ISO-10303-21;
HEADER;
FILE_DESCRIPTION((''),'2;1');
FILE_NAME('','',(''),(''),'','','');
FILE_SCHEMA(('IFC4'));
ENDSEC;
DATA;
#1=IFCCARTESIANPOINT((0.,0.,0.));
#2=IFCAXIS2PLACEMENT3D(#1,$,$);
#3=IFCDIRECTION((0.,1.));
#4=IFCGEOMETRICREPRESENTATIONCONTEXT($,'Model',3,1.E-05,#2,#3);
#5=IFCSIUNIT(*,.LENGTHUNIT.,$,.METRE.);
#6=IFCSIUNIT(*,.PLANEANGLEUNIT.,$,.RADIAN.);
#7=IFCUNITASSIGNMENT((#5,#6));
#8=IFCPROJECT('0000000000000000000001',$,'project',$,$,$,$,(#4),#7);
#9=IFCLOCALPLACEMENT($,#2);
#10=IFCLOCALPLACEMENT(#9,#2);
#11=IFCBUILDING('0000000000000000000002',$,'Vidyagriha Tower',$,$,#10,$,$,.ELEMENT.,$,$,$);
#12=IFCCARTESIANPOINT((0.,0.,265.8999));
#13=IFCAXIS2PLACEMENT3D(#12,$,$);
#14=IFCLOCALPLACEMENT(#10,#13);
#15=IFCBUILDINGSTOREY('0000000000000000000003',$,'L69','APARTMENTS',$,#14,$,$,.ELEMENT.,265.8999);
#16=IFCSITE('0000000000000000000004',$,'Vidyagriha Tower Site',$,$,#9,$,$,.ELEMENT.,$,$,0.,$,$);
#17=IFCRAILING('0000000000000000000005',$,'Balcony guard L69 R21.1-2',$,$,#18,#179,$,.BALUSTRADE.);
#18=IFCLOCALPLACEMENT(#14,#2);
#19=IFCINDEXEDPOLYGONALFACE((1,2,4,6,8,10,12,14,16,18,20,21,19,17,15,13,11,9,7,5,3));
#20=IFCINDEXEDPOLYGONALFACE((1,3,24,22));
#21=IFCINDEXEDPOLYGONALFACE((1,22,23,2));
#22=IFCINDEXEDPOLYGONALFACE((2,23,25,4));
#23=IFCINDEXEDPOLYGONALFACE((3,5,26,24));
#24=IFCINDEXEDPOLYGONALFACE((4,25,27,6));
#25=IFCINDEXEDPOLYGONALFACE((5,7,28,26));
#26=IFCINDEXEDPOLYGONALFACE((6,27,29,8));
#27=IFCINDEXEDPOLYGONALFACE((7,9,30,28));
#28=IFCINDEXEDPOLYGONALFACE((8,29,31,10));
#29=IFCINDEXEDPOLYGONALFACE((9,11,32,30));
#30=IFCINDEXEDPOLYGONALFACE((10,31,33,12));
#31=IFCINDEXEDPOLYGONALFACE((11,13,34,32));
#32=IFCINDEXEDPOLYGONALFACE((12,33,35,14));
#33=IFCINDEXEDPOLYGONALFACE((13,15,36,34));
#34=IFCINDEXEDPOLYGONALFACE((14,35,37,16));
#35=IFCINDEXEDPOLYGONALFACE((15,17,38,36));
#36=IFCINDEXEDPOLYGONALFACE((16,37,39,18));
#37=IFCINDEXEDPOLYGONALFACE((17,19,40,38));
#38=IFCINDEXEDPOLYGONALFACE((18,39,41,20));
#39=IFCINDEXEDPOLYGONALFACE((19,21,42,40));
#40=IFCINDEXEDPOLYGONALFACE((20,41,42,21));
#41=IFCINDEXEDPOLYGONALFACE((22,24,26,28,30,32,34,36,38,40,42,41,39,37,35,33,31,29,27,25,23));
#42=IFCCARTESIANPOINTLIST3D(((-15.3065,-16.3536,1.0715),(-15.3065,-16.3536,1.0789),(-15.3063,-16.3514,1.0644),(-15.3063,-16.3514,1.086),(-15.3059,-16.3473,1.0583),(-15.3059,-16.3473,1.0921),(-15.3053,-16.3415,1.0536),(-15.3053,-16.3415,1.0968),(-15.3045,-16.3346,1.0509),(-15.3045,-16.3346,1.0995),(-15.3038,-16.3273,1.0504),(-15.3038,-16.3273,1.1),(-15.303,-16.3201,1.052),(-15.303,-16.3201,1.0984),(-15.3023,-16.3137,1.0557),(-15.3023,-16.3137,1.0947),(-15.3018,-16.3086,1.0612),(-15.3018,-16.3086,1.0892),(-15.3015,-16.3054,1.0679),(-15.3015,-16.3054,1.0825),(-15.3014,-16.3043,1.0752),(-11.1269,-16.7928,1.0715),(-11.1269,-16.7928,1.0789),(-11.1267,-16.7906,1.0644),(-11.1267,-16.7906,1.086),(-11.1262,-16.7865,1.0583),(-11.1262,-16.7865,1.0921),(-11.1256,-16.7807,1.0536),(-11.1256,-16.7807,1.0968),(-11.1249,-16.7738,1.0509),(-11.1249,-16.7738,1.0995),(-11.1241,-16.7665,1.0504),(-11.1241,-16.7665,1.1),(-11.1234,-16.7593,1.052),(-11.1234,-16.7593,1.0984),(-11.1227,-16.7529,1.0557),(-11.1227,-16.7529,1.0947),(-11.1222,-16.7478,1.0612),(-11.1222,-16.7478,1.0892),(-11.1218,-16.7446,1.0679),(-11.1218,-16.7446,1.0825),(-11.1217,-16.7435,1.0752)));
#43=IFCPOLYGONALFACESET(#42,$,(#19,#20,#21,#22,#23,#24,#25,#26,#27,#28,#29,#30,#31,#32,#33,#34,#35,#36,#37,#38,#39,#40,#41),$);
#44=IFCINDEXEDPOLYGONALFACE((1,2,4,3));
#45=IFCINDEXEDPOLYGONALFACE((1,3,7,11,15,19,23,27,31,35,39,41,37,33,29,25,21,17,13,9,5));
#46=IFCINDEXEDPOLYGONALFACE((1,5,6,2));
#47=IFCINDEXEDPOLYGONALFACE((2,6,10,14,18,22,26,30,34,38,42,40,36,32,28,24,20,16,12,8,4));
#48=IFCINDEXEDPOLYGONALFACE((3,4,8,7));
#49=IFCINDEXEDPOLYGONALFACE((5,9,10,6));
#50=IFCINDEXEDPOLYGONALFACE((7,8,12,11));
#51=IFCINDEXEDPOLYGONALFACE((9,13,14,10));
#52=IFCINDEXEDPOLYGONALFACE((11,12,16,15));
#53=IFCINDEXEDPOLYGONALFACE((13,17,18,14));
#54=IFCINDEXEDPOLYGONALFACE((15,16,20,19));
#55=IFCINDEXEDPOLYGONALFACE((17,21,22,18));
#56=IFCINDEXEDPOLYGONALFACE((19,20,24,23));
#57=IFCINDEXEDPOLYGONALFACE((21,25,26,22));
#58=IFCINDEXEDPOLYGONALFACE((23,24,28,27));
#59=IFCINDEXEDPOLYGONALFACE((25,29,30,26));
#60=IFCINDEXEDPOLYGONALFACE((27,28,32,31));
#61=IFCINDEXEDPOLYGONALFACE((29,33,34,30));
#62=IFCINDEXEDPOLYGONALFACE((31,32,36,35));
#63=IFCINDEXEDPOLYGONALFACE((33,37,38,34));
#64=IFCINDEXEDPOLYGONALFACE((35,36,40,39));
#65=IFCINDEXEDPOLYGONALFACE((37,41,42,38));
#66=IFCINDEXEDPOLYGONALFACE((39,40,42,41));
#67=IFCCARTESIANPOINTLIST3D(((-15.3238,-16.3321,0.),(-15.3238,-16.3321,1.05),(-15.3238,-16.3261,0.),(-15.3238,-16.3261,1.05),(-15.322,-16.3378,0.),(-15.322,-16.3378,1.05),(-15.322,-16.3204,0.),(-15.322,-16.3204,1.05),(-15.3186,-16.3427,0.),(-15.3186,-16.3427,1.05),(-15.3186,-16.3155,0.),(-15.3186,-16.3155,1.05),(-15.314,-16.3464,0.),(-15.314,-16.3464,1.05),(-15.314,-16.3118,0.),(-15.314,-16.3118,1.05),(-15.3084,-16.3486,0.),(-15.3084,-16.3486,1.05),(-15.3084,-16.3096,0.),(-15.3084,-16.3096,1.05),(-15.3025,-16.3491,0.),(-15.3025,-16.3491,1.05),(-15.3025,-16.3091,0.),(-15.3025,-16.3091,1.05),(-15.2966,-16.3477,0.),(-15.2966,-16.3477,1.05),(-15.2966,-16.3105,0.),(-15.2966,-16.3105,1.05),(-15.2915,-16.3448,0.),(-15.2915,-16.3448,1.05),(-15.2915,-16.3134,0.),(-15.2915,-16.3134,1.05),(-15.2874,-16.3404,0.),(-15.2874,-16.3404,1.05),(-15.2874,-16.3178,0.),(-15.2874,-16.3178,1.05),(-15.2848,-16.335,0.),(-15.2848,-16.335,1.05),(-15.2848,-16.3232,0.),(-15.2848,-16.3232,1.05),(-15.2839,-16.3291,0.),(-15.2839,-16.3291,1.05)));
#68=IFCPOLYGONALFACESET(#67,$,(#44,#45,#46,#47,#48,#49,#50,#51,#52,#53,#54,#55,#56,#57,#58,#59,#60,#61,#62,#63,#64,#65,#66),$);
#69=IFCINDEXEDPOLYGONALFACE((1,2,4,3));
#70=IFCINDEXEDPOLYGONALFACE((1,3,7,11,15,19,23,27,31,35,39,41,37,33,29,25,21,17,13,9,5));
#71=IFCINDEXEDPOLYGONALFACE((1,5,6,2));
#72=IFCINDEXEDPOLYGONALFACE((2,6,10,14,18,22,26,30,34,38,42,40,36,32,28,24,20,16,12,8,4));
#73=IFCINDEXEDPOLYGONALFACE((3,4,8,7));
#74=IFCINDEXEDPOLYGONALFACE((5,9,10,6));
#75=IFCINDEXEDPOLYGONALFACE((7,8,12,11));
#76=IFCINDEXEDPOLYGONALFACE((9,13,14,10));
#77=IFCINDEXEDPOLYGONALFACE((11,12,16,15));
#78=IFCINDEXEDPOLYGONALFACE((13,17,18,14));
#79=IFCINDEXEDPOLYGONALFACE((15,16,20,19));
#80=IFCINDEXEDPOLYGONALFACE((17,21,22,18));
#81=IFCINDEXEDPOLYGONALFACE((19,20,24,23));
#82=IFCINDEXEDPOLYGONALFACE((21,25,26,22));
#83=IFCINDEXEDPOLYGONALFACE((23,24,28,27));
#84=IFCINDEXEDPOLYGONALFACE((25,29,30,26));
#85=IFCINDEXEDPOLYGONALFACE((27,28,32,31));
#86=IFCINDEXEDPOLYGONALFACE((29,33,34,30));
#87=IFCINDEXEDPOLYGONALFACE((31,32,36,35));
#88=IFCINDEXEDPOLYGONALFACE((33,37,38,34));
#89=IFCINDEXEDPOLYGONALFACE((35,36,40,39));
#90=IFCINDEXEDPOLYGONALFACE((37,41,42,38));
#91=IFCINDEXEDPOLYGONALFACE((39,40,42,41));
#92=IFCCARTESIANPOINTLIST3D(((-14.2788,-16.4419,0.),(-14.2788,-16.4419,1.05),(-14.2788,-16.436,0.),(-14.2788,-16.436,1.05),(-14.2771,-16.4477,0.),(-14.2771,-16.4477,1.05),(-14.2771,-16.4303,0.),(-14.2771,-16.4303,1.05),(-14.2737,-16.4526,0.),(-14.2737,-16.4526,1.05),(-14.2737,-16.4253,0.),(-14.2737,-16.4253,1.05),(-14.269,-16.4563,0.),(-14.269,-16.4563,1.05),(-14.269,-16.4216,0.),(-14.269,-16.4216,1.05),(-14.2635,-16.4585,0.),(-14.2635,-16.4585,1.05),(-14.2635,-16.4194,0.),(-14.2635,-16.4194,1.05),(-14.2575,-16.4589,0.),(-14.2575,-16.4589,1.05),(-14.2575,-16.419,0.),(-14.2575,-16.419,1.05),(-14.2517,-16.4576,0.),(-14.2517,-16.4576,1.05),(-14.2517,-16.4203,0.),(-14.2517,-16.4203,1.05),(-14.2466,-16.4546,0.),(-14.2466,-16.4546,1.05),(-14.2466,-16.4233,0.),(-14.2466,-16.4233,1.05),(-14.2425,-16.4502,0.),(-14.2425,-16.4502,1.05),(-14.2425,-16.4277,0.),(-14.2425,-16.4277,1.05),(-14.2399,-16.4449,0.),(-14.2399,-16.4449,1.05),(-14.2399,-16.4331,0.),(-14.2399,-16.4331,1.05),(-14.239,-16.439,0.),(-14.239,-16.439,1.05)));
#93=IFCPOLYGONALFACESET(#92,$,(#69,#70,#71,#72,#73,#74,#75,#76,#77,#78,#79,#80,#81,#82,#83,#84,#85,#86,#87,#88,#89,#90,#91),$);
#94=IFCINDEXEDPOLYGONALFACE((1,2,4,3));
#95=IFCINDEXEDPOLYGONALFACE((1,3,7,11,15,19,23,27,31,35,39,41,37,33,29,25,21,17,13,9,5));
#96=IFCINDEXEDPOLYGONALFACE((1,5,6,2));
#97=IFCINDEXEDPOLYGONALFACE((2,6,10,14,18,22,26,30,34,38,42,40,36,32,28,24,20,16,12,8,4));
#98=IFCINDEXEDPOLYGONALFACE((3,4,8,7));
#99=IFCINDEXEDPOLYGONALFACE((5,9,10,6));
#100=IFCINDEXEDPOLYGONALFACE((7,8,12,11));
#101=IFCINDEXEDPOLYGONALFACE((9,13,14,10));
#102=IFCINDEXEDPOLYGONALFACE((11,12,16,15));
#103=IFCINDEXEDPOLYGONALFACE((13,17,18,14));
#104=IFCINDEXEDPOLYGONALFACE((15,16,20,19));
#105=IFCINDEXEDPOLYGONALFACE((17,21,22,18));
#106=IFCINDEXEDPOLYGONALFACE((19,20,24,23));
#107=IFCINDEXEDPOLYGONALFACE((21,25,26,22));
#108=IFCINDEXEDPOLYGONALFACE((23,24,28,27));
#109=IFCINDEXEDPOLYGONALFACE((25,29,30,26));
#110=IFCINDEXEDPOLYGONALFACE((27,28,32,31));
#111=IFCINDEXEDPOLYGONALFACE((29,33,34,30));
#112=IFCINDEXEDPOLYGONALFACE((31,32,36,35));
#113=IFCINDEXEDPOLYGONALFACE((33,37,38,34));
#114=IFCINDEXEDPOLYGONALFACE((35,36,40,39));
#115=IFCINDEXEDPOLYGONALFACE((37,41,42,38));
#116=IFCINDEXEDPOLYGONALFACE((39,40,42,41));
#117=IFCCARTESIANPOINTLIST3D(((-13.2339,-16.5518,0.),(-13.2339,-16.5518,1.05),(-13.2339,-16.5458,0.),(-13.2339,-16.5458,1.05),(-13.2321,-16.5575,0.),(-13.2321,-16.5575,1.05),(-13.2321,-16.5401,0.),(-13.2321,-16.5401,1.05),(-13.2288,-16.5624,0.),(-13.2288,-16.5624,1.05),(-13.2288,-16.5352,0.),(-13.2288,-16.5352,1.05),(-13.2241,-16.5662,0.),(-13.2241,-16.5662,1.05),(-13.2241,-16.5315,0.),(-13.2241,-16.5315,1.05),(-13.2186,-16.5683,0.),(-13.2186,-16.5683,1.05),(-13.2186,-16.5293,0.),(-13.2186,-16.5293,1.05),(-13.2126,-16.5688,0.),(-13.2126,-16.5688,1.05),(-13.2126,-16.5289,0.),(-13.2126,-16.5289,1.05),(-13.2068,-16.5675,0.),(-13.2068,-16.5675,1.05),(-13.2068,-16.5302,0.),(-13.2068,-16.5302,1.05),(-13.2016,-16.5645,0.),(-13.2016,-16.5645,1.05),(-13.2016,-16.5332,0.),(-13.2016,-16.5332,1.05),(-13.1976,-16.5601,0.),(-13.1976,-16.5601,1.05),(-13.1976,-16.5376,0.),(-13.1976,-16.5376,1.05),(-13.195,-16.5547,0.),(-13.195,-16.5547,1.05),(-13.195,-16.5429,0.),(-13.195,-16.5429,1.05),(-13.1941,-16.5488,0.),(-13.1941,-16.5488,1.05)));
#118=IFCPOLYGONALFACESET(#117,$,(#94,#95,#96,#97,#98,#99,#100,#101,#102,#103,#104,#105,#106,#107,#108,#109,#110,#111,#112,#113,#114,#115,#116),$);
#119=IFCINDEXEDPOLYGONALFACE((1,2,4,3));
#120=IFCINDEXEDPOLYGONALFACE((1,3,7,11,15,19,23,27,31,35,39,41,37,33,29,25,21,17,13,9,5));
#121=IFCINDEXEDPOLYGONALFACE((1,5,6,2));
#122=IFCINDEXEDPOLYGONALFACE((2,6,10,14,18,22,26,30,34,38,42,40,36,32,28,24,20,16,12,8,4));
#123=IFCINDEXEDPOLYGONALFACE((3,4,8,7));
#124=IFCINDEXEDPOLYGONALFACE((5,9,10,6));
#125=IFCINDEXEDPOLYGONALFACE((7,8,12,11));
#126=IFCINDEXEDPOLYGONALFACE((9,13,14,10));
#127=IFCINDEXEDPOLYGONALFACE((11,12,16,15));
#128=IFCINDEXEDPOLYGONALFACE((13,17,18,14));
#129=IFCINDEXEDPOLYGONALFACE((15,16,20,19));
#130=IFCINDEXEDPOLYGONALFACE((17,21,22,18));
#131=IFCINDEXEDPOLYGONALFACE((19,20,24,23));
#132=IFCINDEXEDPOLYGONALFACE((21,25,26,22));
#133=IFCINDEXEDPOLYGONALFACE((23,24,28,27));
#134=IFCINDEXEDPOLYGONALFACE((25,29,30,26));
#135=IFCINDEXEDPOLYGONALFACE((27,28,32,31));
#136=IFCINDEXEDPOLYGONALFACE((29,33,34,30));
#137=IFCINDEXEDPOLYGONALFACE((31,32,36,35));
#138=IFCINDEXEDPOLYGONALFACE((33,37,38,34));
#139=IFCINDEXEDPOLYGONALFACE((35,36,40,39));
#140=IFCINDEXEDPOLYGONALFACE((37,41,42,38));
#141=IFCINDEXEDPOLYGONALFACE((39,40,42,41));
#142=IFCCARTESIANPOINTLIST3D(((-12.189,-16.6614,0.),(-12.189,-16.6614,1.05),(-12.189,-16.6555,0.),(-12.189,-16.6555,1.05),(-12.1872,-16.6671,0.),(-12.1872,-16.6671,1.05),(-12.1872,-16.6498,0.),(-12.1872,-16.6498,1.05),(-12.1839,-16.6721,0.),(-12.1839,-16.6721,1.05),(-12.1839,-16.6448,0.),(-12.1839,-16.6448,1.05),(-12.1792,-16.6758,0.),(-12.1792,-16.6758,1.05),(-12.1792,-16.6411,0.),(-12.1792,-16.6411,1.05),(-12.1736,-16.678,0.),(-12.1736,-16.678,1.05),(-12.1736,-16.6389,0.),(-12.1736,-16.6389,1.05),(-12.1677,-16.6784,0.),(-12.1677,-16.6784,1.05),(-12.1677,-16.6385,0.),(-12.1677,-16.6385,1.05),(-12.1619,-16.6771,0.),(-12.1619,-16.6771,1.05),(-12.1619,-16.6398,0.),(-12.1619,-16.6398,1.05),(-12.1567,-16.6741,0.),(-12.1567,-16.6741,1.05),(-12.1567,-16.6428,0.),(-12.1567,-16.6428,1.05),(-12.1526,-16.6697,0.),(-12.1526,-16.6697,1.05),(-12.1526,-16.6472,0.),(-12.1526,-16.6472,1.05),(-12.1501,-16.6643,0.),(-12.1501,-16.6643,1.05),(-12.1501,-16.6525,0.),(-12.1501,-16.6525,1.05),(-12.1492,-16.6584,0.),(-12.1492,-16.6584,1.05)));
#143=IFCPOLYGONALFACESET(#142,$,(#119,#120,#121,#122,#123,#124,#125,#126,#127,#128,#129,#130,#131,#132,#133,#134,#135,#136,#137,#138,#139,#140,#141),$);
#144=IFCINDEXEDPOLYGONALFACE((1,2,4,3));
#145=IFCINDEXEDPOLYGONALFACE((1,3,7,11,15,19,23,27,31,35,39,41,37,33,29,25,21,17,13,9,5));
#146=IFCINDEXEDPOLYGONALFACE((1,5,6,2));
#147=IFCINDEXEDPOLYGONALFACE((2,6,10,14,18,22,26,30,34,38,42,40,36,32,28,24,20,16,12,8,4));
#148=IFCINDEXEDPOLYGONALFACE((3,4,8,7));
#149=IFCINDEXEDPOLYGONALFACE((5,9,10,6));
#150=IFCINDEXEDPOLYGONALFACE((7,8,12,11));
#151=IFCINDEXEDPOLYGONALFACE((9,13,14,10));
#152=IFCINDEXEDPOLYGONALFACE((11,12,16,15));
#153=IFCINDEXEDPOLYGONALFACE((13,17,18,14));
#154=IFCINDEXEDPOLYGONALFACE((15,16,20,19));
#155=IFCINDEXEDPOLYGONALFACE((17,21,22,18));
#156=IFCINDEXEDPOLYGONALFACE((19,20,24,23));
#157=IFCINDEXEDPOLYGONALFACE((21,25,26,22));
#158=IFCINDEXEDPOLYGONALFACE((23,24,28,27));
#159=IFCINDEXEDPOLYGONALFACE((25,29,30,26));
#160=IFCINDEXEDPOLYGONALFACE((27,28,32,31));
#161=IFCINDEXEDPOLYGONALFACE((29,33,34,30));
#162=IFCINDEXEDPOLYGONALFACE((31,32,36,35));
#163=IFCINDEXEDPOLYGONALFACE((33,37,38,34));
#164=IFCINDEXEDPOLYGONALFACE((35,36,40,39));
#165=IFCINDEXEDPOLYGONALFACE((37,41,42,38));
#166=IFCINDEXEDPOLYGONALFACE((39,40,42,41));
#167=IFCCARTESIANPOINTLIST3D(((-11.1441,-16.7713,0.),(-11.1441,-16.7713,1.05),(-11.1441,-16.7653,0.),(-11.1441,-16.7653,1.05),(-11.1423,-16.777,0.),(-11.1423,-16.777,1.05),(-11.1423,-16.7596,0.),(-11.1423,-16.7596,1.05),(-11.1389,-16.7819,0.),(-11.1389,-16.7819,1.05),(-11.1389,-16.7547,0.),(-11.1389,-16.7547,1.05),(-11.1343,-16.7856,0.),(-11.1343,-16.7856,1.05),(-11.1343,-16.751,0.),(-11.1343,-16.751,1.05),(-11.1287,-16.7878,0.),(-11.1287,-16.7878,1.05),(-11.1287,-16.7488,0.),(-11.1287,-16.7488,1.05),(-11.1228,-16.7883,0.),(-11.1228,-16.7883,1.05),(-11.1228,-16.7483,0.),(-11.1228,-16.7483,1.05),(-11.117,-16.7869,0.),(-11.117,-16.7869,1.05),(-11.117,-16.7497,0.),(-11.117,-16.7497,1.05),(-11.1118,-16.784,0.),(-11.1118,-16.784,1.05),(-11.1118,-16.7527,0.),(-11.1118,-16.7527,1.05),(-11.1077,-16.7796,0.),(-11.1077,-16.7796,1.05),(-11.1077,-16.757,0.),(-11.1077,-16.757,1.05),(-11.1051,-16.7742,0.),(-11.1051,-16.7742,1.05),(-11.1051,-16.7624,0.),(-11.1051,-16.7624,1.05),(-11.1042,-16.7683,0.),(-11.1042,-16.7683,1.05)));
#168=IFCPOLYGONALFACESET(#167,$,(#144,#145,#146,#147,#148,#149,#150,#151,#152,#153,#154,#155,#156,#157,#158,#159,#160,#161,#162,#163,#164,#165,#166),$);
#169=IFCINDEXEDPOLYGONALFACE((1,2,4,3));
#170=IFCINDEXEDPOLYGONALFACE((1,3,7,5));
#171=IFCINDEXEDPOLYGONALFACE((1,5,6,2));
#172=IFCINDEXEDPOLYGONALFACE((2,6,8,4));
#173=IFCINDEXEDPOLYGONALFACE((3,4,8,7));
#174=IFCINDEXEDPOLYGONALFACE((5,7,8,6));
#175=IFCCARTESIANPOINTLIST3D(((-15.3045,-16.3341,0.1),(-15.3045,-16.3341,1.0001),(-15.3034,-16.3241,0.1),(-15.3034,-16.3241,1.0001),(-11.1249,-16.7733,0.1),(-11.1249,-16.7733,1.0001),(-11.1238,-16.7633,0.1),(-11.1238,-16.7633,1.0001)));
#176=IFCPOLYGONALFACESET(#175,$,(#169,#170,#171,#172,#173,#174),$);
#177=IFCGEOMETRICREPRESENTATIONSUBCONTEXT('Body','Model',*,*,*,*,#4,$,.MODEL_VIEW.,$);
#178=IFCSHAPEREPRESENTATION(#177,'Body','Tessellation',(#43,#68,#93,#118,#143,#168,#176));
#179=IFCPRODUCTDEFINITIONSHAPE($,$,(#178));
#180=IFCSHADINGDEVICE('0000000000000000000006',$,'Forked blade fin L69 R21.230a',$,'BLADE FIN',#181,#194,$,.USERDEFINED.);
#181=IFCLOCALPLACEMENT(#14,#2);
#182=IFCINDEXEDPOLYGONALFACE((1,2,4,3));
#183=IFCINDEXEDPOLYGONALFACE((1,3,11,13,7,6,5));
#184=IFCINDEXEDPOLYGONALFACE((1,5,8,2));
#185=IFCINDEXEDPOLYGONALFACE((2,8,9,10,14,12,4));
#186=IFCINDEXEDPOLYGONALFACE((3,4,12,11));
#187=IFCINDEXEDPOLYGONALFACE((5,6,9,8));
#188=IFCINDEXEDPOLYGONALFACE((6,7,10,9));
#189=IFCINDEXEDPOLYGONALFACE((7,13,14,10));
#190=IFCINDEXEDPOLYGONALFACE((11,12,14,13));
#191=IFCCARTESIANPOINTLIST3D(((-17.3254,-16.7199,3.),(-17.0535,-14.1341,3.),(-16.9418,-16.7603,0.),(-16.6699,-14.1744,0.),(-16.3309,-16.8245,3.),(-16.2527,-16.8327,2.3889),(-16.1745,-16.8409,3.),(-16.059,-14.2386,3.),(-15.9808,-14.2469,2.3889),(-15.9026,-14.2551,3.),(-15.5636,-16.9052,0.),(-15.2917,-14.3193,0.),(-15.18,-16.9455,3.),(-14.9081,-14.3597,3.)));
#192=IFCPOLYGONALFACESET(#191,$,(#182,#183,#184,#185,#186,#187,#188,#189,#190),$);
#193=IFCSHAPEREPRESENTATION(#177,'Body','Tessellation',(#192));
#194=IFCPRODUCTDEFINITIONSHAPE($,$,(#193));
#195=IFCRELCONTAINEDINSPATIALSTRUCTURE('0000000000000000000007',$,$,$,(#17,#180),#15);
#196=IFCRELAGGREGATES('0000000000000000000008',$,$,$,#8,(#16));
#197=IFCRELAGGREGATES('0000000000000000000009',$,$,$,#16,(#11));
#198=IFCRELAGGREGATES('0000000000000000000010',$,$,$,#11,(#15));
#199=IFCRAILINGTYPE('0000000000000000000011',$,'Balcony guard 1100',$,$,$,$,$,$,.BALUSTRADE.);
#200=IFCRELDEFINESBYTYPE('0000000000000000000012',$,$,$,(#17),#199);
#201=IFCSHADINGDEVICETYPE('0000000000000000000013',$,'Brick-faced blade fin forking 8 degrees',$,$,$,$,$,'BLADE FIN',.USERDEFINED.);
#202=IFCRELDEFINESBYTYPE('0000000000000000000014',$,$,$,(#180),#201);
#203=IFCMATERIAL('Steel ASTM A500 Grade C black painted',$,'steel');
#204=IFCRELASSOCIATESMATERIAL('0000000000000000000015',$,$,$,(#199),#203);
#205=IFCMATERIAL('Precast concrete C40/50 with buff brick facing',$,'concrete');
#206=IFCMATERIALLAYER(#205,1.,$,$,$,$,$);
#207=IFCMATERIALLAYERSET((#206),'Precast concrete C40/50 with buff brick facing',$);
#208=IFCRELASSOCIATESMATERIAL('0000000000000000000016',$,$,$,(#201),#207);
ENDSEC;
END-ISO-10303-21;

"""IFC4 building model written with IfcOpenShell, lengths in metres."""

from ifc_helpers import new_model, si_unit, direction, frame, origin, origin_2d, place, context, subcontext, project, spatial, polyline, rectangle, circle, outline, extrude, material, layer, layer_set, type_object, element, save


model = new_model("IFC4")

# Units and contexts
model_context = context("Model", 3, precision=1e-05, world=origin(), true_north=direction((0.0, 1.0)))
body_context = subcontext(model_context, "Body", "Model", "MODEL_VIEW")
ifc_project = project(units=[si_unit("LENGTHUNIT", "METRE"), si_unit("PLANEANGLEUNIT", "RADIAN")], contexts=[model_context])

# Site, building, storey
site_placement = place(None, origin())
site = spatial("IfcSite", under=ifc_project, at=site_placement, Name="Vidyagriha Tower Site", CompositionType="ELEMENT", RefElevation=0.0)
building_placement = place(site_placement, origin())
building = spatial("IfcBuilding", under=site, at=building_placement, Name="Vidyagriha Tower", CompositionType="ELEMENT")
storey_placement = place(building_placement, frame((0.0, 0.0, 265.8999)))
storey = spatial("IfcBuildingStorey", under=building, at=storey_placement, Name="L69", Description="APARTMENTS", CompositionType="ELEMENT", Elevation=265.8999)

# Railing
ifc_material_1 = material(Name="Steel ASTM A500 Grade C black painted", Category="steel")
railing_type_1 = type_object("IfcRailingType", Name="Balcony guard 1100", PredefinedType="BALUSTRADE", material=ifc_material_1)
railing_1_placement = place(storey_placement, frame((-15.304, -16.3291, 0.0)))
element("IfcRailing", 1, at=railing_1_placement, inside=storey, type_object=railing_type_1, Name="Balcony guard L69 R21.1-2", PredefinedType="BALUSTRADE", context=body_context, shape_type="SweptSolid", body=[
    extrude(circle(Radius=0.0249, at=origin_2d()), frame((0.0, 0.0, 1.0752), z_axis=(0.994524, -0.104506, 0.0), x_axis=(0.104506, 0.994524, 0.0)), (0.0, 0.0, 1.0), 4.2026),
    extrude(circle(Radius=0.02, at=origin_2d()), origin(), (0.0, 0.0, 1.0), 1.05),
    extrude(circle(Radius=0.02, at=origin_2d()), frame((1.0449, -0.1099, 0.0)), (0.0, 0.0, 1.0), 1.05),
    extrude(circle(Radius=0.02, at=origin_2d()), frame((2.0898, -0.2197, 0.0)), (0.0, 0.0, 1.0), 1.05),
    extrude(circle(Radius=0.02, at=origin_2d()), frame((3.1348, -0.3293, 0.0)), (0.0, 0.0, 1.0), 1.05),
    extrude(circle(Radius=0.02, at=origin_2d()), frame((4.1797, -0.4392, 0.0)), (0.0, 0.0, 1.0), 1.05),
    extrude(rectangle(XDim=0.01, YDim=0.9001, at=origin_2d()), frame((0.0, 0.0, 0.55), z_axis=(0.994524, -0.104506, 0.0), x_axis=(0.104506, 0.994524, 0.0)), (0.0, 0.0, 1.0), 4.2026),
])

# Shading device
ifc_material_2 = material(Name="Precast concrete C40/50 with buff brick facing", Category="concrete")
ifc_layer_1 = layer(ifc_material_2, 1.0)
ifc_layer_set_1 = layer_set([ifc_layer_1], Name="Precast concrete C40/50 with buff brick facing")
shading_device_type = type_object("IfcShadingDeviceType", Name="Brick-faced blade fin forking 8 degrees", ElementType="BLADE FIN", PredefinedType="USERDEFINED", material=ifc_layer_set_1)
shading_device_placement = place(storey_placement, frame((-17.1895, -15.427, 0.0), z_axis=(0.0, 0.0, 1.0), x_axis=(0.994518, -0.104567, 0.0)))
element("IfcShadingDevice", 2, at=shading_device_placement, inside=storey, type_object=shading_device_type, Name="Forked blade fin L69 R21.230a", ObjectType="BLADE FIN", PredefinedType="USERDEFINED", context=body_context, shape_type="SweptSolid", body=[
    extrude(outline(polyline([(0.3857, 0.0), (1.7715, 0.0), (2.1572, 3.0), (1.1572, 3.0), (1.0786, 2.3889), (1.0, 3.0), (0.0, 3.0), (0.3857, 0.0)])), frame((0.0, 1.3, 0.0), z_axis=(0.0, -1.0, 0.0), x_axis=(1.0, 0.0, 0.0)), (0.0, 0.0, 1.0), 2.6001),
])

save(model, "model.ifc")
